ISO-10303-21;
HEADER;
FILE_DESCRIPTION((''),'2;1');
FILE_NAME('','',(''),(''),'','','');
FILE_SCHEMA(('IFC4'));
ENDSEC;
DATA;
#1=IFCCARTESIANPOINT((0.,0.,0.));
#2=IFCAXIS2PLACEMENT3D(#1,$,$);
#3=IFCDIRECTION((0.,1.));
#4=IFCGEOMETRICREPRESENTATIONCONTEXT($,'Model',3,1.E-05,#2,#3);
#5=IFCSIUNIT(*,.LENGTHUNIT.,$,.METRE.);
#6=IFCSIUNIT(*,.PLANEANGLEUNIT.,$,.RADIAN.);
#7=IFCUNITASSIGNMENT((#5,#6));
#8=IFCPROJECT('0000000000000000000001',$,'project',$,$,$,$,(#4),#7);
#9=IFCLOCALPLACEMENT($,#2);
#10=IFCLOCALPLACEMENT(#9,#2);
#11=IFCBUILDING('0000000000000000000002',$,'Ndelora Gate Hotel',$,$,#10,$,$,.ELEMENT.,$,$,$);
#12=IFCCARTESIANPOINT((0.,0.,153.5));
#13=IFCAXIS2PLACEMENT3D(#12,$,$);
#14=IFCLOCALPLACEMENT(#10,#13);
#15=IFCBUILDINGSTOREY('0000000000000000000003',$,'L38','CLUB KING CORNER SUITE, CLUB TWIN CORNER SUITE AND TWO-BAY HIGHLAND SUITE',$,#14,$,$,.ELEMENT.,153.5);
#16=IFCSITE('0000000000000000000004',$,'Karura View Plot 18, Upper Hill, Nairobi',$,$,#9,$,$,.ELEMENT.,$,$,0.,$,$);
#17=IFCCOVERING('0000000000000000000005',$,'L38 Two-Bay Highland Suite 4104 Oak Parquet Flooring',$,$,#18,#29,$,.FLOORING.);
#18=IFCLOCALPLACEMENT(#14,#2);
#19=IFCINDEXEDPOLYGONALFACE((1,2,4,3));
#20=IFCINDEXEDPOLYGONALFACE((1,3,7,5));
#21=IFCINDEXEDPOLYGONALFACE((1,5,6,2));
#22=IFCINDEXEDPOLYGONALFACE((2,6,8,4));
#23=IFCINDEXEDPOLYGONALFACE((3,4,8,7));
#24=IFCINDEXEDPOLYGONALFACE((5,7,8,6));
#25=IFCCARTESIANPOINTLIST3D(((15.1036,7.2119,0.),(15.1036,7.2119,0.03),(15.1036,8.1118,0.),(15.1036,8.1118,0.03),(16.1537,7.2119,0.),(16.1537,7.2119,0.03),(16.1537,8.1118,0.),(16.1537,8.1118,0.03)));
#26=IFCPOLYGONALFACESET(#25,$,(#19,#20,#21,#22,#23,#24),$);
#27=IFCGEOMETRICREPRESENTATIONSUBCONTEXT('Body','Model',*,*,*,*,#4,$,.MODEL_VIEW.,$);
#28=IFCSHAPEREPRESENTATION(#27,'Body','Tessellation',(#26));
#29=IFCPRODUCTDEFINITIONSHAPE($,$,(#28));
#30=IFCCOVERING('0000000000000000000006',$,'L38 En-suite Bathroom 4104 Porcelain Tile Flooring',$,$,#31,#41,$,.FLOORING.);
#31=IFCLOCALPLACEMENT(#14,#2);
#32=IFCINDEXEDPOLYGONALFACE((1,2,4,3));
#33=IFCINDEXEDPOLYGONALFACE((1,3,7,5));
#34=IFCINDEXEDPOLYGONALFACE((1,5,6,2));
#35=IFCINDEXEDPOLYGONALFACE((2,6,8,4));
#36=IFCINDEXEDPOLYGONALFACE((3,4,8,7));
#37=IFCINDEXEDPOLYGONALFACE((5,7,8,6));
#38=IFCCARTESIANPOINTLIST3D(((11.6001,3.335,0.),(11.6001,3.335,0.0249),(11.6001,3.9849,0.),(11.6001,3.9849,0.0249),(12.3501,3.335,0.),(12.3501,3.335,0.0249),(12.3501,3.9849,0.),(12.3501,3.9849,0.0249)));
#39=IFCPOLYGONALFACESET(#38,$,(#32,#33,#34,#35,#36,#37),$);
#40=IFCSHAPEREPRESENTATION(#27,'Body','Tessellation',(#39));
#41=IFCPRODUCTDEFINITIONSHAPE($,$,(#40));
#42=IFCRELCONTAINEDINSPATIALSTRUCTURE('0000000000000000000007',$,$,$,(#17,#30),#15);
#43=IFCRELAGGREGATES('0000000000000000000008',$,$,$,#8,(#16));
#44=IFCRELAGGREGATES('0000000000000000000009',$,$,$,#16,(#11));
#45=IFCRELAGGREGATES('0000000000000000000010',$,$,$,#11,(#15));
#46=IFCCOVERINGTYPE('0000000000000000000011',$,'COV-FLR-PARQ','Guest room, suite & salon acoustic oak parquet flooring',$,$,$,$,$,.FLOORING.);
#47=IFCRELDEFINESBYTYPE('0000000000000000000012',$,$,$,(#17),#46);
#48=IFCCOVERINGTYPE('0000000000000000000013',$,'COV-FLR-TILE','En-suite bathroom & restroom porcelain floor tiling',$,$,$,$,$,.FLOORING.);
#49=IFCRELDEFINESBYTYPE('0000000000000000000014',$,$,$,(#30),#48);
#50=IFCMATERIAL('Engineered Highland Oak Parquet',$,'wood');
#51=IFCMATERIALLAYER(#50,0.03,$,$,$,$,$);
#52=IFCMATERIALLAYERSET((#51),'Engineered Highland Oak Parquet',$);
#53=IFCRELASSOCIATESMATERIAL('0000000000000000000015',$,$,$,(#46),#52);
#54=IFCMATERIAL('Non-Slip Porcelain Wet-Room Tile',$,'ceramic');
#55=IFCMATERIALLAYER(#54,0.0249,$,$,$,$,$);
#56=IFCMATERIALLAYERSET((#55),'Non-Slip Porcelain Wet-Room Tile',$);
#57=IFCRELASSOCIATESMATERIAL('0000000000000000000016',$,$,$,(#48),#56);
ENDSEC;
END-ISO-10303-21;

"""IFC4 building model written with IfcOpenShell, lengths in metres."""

from ifc_helpers import new_model, si_unit, direction, frame, origin, origin_2d, place, context, subcontext, project, spatial, rectangle, extrude, material, layer, layer_set, type_object, element, save


model = new_model("IFC4")

# Units and contexts
model_context = context("Model", 3, precision=1e-05, world=origin(), true_north=direction((0.0, 1.0)))
body_context = subcontext(model_context, "Body", "Model", "MODEL_VIEW")
ifc_project = project(units=[si_unit("LENGTHUNIT", "METRE"), si_unit("PLANEANGLEUNIT", "RADIAN")], contexts=[model_context])

# Site, building, storey
site_placement = place(None, origin())
site = spatial("IfcSite", under=ifc_project, at=site_placement, Name="Karura View Plot 18, Upper Hill, Nairobi", CompositionType="ELEMENT", RefElevation=0.0)
building_placement = place(site_placement, origin())
building = spatial("IfcBuilding", under=site, at=building_placement, Name="Ndelora Gate Hotel", CompositionType="ELEMENT")
storey_placement = place(building_placement, frame((0.0, 0.0, 153.5)))
storey = spatial("IfcBuildingStorey", under=building, at=storey_placement, Name="L38", Description="CLUB KING CORNER SUITE, CLUB TWIN CORNER SUITE AND TWO-BAY HIGHLAND SUITE", CompositionType="ELEMENT", Elevation=153.5)

# Coverings
ifc_material_1 = material(Name="Engineered Highland Oak Parquet", Category="wood")
ifc_layer_1 = layer(ifc_material_1, 0.03)
ifc_layer_set_1 = layer_set([ifc_layer_1], Name="Engineered Highland Oak Parquet")
covering_type_1 = type_object("IfcCoveringType", Name="COV-FLR-PARQ", Description="Guest room, suite & salon acoustic oak parquet flooring", PredefinedType="FLOORING", material=ifc_layer_set_1)
covering_1_placement = place(storey_placement, frame((15.6287, 7.6619, 0.0), z_axis=(0.0, 0.0, 1.0), x_axis=(1.0, 0.0, 0.0)))
element("IfcCovering", 1, at=covering_1_placement, inside=storey, type_object=covering_type_1, Name="L38 Two-Bay Highland Suite 4104 Oak Parquet Flooring", PredefinedType="FLOORING", context=body_context, shape_type="SweptSolid", body=[
    extrude(rectangle(XDim=1.05, YDim=0.8999, at=origin_2d()), origin(), (0.0, 0.0, 1.0), 0.03),
])
ifc_material_2 = material(Name="Non-Slip Porcelain Wet-Room Tile", Category="ceramic")
ifc_layer_2 = layer(ifc_material_2, 0.0249)
ifc_layer_set_2 = layer_set([ifc_layer_2], Name="Non-Slip Porcelain Wet-Room Tile")
covering_type_2 = type_object("IfcCoveringType", Name="COV-FLR-TILE", Description="En-suite bathroom & restroom porcelain floor tiling", PredefinedType="FLOORING", material=ifc_layer_set_2)
covering_2_placement = place(storey_placement, frame((11.9751, 3.6599, 0.0), z_axis=(0.0, 0.0, 1.0), x_axis=(1.0, 0.0, 0.0)))
element("IfcCovering", 2, at=covering_2_placement, inside=storey, type_object=covering_type_2, Name="L38 En-suite Bathroom 4104 Porcelain Tile Flooring", PredefinedType="FLOORING", context=body_context, shape_type="SweptSolid", body=[
    extrude(rectangle(XDim=0.75, YDim=0.6499, at=origin_2d()), origin(), (0.0, 0.0, 1.0), 0.0249),
])

save(model, "model.ifc")
